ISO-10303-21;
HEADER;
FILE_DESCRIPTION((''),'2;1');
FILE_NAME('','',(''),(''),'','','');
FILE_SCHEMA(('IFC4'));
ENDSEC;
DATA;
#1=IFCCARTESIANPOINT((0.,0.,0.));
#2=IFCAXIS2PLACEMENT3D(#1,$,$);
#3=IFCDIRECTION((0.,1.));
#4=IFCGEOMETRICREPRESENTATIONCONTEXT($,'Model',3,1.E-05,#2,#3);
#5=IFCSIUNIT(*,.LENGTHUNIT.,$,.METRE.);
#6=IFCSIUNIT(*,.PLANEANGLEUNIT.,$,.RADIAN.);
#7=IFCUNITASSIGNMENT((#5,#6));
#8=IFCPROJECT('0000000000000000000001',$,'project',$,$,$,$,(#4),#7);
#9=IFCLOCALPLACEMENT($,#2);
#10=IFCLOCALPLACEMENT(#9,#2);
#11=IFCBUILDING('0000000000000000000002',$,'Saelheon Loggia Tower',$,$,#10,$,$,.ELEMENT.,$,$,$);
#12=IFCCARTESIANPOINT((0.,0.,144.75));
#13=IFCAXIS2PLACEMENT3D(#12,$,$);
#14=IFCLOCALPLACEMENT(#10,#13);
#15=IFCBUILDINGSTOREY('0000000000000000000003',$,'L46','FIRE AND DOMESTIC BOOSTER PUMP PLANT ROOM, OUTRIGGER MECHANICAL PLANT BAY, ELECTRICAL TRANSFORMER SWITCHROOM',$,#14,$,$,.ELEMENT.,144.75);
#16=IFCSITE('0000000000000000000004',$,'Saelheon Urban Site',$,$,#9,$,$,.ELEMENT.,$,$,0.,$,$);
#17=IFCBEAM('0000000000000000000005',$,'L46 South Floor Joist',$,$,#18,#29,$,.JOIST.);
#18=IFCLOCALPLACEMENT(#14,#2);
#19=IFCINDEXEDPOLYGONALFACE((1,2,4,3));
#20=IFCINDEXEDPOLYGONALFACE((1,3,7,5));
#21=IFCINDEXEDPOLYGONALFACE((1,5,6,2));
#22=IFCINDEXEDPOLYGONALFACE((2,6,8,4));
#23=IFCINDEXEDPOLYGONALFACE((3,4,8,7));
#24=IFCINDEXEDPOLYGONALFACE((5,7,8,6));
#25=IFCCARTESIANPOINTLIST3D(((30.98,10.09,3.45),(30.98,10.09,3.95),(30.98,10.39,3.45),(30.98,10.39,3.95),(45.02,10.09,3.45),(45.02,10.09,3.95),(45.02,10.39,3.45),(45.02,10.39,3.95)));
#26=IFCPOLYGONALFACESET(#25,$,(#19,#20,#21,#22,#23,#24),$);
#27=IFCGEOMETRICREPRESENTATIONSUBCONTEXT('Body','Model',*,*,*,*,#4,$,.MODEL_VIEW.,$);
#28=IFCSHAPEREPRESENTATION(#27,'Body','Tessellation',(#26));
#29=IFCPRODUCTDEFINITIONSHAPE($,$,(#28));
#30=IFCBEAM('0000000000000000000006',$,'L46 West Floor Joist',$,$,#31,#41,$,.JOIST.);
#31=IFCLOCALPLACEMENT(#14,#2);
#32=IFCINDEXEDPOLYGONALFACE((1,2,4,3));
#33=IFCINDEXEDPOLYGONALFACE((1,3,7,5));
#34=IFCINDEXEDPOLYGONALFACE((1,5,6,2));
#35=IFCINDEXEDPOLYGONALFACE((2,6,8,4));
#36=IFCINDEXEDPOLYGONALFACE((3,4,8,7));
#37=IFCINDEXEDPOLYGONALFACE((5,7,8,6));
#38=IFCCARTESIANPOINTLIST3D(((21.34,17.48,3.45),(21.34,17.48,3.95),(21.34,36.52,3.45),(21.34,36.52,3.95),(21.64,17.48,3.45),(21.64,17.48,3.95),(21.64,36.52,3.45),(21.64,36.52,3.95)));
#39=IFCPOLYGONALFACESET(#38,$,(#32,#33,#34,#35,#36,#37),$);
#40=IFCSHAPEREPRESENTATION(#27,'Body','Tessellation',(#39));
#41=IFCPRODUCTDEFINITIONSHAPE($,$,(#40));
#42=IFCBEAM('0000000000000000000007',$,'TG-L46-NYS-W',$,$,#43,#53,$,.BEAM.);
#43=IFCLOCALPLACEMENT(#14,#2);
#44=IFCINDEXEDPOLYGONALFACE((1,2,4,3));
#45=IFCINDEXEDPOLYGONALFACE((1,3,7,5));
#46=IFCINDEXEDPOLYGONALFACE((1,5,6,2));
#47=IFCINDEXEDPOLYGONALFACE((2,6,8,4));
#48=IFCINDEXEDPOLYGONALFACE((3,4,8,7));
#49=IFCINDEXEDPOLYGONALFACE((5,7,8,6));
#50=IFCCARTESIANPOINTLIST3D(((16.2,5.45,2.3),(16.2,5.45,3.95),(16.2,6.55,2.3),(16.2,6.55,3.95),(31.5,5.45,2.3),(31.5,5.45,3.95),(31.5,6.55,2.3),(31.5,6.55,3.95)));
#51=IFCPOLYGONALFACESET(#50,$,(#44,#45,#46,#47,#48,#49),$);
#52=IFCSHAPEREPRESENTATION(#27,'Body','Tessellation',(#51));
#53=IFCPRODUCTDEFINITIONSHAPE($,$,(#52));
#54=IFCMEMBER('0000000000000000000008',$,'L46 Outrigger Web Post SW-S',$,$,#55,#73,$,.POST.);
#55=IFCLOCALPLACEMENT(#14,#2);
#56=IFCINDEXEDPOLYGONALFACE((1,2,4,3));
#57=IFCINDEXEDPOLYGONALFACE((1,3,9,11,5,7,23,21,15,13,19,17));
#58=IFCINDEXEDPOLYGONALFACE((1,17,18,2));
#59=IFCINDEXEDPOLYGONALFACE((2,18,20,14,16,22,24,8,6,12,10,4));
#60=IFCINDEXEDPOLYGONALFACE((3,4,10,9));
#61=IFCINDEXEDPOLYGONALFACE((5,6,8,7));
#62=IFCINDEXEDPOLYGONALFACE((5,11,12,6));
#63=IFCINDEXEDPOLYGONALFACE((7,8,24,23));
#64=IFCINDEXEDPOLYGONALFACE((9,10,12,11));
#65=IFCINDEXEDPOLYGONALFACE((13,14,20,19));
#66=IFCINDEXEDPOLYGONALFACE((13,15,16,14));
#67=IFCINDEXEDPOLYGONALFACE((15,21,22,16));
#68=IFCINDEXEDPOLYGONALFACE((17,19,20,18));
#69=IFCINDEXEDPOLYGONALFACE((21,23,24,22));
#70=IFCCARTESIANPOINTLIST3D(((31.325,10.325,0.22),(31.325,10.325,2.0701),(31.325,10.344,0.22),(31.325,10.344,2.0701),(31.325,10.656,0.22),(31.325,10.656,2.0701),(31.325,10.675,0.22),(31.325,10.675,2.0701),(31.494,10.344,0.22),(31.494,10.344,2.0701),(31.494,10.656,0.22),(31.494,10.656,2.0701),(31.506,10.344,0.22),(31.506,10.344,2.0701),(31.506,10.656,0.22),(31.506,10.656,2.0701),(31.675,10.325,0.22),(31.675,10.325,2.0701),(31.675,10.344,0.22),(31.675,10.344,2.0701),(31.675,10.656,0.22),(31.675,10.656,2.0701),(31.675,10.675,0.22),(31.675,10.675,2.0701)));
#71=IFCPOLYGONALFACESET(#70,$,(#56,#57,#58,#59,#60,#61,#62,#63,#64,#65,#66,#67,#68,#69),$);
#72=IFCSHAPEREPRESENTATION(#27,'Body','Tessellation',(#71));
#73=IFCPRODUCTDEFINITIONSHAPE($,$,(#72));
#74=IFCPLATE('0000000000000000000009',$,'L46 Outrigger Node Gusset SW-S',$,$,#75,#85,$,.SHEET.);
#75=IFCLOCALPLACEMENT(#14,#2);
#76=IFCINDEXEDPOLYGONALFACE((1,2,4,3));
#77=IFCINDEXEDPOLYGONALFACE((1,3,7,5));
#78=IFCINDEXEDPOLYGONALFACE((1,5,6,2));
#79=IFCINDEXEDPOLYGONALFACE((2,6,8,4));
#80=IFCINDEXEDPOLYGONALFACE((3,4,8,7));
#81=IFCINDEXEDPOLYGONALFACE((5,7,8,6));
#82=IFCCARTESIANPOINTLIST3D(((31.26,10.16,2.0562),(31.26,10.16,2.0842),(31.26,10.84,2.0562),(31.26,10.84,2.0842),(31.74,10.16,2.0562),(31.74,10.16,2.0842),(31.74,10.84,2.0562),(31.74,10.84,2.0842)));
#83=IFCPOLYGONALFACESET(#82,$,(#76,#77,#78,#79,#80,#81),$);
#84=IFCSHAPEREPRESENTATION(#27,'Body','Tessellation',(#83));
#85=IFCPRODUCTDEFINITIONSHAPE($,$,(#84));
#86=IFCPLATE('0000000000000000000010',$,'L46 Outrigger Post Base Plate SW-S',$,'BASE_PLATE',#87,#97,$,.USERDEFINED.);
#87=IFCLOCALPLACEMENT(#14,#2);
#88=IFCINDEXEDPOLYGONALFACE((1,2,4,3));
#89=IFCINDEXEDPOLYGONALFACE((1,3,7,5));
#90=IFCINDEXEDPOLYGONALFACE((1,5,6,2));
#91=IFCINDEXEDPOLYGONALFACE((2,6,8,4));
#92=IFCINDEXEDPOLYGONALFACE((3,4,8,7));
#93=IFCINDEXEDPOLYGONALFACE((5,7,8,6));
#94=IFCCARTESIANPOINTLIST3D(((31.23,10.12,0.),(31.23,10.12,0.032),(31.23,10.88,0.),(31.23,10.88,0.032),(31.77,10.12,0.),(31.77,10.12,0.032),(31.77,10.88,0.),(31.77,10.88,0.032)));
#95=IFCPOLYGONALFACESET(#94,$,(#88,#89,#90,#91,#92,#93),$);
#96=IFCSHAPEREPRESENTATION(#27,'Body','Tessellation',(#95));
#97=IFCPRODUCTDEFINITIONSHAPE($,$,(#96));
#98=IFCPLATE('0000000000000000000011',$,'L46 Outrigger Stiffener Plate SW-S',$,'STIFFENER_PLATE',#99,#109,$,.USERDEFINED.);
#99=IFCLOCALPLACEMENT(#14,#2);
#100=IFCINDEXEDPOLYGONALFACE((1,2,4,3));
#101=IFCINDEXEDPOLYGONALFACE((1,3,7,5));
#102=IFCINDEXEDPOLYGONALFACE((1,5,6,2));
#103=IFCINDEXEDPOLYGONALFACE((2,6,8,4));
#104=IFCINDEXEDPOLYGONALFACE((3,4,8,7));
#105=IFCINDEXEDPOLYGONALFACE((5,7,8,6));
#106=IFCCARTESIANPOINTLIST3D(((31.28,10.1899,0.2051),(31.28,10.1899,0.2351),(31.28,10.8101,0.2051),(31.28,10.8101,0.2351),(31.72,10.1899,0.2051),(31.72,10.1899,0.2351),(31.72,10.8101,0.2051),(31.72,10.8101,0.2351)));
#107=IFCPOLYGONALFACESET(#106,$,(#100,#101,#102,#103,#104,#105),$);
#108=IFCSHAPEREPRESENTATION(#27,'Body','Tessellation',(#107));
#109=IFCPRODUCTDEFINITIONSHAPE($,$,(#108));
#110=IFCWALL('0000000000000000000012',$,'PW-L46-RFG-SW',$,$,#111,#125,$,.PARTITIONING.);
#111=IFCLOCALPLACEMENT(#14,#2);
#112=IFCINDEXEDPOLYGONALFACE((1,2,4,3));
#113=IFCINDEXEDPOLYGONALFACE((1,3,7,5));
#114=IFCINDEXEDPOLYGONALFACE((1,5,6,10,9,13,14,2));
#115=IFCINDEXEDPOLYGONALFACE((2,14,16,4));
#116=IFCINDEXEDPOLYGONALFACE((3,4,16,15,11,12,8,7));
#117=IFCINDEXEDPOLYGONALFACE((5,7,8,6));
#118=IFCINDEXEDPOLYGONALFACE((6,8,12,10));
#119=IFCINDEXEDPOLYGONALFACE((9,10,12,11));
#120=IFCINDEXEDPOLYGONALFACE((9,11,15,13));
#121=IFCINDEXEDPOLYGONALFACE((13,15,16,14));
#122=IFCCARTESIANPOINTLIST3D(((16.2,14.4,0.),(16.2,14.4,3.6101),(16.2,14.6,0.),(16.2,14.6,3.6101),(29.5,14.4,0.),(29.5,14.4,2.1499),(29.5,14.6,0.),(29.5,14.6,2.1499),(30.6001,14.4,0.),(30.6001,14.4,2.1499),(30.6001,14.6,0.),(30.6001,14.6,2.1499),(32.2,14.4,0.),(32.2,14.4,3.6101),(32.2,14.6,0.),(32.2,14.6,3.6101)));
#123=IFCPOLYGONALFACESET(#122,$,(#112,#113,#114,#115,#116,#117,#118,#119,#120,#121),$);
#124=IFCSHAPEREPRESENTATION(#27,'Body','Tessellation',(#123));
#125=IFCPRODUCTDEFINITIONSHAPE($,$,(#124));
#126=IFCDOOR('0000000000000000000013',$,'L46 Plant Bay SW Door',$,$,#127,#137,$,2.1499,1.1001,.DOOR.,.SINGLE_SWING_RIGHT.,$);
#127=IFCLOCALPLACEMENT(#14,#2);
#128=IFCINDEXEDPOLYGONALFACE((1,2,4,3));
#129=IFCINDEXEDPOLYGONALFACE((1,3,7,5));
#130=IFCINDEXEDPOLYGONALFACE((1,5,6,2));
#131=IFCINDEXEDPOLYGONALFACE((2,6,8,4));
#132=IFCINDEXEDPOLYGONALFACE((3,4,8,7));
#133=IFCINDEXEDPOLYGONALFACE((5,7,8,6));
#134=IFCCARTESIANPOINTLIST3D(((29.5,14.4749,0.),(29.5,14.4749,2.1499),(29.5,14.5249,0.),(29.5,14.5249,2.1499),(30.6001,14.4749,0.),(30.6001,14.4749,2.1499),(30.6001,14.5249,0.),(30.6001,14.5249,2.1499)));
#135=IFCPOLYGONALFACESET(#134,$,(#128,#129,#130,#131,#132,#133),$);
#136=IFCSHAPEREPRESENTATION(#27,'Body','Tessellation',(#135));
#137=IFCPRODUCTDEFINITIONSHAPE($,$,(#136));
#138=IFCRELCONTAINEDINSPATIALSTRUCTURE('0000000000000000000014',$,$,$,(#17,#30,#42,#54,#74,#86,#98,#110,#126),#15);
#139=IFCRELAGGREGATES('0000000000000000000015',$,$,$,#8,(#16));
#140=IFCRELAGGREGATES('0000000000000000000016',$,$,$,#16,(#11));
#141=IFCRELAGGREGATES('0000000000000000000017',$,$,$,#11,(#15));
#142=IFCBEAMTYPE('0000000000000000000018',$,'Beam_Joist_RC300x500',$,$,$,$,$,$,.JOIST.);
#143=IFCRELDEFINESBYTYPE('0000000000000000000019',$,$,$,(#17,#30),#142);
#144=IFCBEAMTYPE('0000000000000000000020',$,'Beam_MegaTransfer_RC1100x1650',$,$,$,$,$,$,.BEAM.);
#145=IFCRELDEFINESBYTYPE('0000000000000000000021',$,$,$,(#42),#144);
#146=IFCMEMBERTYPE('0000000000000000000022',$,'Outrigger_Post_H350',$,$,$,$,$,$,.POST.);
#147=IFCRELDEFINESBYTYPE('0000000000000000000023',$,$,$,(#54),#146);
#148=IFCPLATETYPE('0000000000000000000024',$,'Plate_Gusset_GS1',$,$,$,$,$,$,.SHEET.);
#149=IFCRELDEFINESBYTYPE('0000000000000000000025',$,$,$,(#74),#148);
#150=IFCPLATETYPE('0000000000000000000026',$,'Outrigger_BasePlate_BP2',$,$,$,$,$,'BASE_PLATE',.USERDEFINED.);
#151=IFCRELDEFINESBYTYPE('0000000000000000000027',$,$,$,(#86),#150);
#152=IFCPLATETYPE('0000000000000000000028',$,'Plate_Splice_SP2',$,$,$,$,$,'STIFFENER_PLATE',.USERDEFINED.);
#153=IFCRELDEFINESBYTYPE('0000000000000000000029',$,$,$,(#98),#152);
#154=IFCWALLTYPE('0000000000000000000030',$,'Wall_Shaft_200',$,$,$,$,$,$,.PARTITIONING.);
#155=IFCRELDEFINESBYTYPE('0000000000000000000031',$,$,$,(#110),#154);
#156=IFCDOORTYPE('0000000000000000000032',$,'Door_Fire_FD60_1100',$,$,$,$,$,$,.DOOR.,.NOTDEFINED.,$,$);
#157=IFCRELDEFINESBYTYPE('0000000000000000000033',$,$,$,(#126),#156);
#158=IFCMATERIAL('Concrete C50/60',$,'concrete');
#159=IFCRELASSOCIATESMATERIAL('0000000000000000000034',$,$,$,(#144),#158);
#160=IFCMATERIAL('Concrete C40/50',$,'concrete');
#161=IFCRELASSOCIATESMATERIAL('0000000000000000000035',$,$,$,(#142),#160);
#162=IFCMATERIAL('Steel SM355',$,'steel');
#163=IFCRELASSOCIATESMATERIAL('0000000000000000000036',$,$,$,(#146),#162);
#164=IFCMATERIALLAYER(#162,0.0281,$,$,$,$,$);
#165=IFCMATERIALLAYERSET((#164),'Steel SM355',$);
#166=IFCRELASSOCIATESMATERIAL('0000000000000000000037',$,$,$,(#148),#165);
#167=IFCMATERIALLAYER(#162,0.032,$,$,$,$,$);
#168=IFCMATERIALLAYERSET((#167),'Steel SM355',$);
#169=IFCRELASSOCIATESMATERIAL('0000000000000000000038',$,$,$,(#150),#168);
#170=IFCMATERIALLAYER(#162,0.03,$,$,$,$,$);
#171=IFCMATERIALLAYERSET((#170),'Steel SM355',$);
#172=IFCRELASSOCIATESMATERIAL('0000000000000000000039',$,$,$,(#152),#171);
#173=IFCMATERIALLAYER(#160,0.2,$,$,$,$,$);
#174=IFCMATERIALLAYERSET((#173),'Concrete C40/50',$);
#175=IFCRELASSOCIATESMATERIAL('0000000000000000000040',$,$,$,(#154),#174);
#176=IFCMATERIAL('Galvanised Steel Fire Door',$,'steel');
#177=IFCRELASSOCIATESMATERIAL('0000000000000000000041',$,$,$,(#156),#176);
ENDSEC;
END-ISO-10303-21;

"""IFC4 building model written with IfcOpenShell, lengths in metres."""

from ifc_helpers import new_model, si_unit, direction, frame, frame_2d, origin, origin_2d, place, context, subcontext, project, spatial, rectangle, i_section, extrude, source, transform, mapped, material, layer, layer_set, material_profile, profile_set, type_object, element, fill, save


model = new_model("IFC4")

# Units and contexts
model_context = context("Model", 3, precision=1e-05, world=origin(), true_north=direction((0.0, 1.0)))
body_context = subcontext(model_context, "Body", "Model", "MODEL_VIEW")
ifc_project = project(units=[si_unit("LENGTHUNIT", "METRE"), si_unit("PLANEANGLEUNIT", "RADIAN")], contexts=[model_context])

# Site, building, storey
site_placement = place(None, origin())
site = spatial("IfcSite", under=ifc_project, at=site_placement, Name="Saelheon Urban Site", CompositionType="ELEMENT", RefElevation=0.0)
building_placement = place(site_placement, origin())
building = spatial("IfcBuilding", under=site, at=building_placement, Name="Saelheon Loggia Tower", CompositionType="ELEMENT")
storey_placement = place(building_placement, frame((0.0, 0.0, 144.75)))
storey = spatial("IfcBuildingStorey", under=building, at=storey_placement, Name="L46", Description="FIRE AND DOMESTIC BOOSTER PUMP PLANT ROOM, OUTRIGGER MECHANICAL PLANT BAY, ELECTRICAL TRANSFORMER SWITCHROOM", CompositionType="ELEMENT", Elevation=144.75)

# Shared definitions
ifc_material_1 = material(Name="Steel SM355", Category="steel")

# Shared definitions
ifc_material_2 = material(Name="Concrete C50/60", Category="concrete")
ifc_material_profile_1 = material_profile(ifc_material_2, rectangle(XDim=1.1001, YDim=1.6499, at=origin_2d()), Name="RC-1100x1650")
ifc_profile_set_1 = profile_set([ifc_material_profile_1], Name="Concrete C50/60")
beam_type_1 = type_object("IfcBeamType", Name="Beam_MegaTransfer_RC1100x1650", PredefinedType="BEAM", material=ifc_profile_set_1)

# Beams
ifc_material_3 = material(Name="Concrete C40/50", Category="concrete")
ifc_material_profile_2 = material_profile(ifc_material_3, rectangle(XDim=0.3, YDim=0.5, at=origin_2d()), Name="RC-300x500")
ifc_profile_set_2 = profile_set([ifc_material_profile_2], Name="Concrete C40/50")
beam_type_2 = type_object("IfcBeamType", Name="Beam_Joist_RC300x500", PredefinedType="JOIST", material=ifc_profile_set_2)
shared_shape_1 = source(origin(), body_context, "Body", "SweptSolid", [
    extrude(rectangle(XDim=0.3, YDim=0.5, at=origin_2d()), origin(), (0.0, 0.0, 1.0), 14.04),
])
beam_1_placement = place(storey_placement, frame((30.98, 10.24, 3.7), z_axis=(1.0, 0.0, 0.0), x_axis=(0.0, 1.0, 0.0)))
element("IfcBeam", 1, at=beam_1_placement, inside=storey, type_object=beam_type_2, Name="L46 South Floor Joist", PredefinedType="JOIST", context=body_context, shape_type="MappedRepresentation", body=[
    mapped(shared_shape_1, transform((0.0, 0.0, 0.0), scale=1.0)),
])
shared_shape_2 = source(origin(), body_context, "Body", "SweptSolid", [
    extrude(rectangle(XDim=0.3, YDim=0.5, at=origin_2d()), origin(), (0.0, 0.0, 1.0), 19.04),
])
beam_2_placement = place(storey_placement, frame((21.49, 17.48, 3.7), z_axis=(0.0, 1.0, 0.0), x_axis=(-1.0, 0.0, 0.0)))
element("IfcBeam", 2, at=beam_2_placement, inside=storey, type_object=beam_type_2, Name="L46 West Floor Joist", PredefinedType="JOIST", context=body_context, shape_type="MappedRepresentation", body=[
    mapped(shared_shape_2, transform((0.0, 0.0, 0.0), scale=1.0)),
])
shared_shape_3 = source(origin(), body_context, "Body", "SweptSolid", [
    extrude(rectangle(XDim=1.1001, YDim=1.6499, at=origin_2d()), origin(), (0.0, 0.0, 1.0), 15.3),
])
beam_3_placement = place(storey_placement, frame((16.2, 6.0, 3.125), z_axis=(1.0, 0.0, 0.0), x_axis=(0.0, 1.0, 0.0)))
element("IfcBeam", 3, at=beam_3_placement, inside=storey, type_object=beam_type_1, Name="TG-L46-NYS-W", PredefinedType="BEAM", context=body_context, shape_type="MappedRepresentation", body=[
    mapped(shared_shape_3, transform((0.0, 0.0, 0.0), scale=1.0)),
])

# Member
ifc_material_profile_3 = material_profile(ifc_material_1, i_section(OverallWidth=0.3501, OverallDepth=0.3501, WebThickness=0.012, FlangeThickness=0.019, at=origin_2d()), Name="H-350x350x12x19")
ifc_profile_set_3 = profile_set([ifc_material_profile_3], Name="Steel SM355")
member_type_1 = type_object("IfcMemberType", Name="Outrigger_Post_H350", PredefinedType="POST", material=ifc_profile_set_3)
shared_shape_4 = source(origin(), body_context, "Body", "SweptSolid", [
    extrude(i_section(OverallWidth=0.3501, OverallDepth=0.3501, WebThickness=0.012, FlangeThickness=0.019, at=origin_2d()), origin(), (0.0, 0.0, 1.0), 1.8501),
])
member_1_placement = place(storey_placement, frame((31.5, 10.5, 0.22), z_axis=(0.0, 0.0, 1.0), x_axis=(1.0, 0.0, 0.0)))
element("IfcMember", 4, at=member_1_placement, inside=storey, type_object=member_type_1, Name="L46 Outrigger Web Post SW-S", PredefinedType="POST", context=body_context, shape_type="MappedRepresentation", body=[
    mapped(shared_shape_4, transform((0.0, 0.0, 0.0), scale=1.0)),
])

# Plates
ifc_layer_1 = layer(ifc_material_1, 0.0281)
ifc_layer_set_1 = layer_set([ifc_layer_1], Name="Steel SM355")
plate_type_1 = type_object("IfcPlateType", Name="Plate_Gusset_GS1", PredefinedType="SHEET", material=ifc_layer_set_1)
shared_shape_5 = source(origin(), body_context, "Body", "SweptSolid", [
    extrude(rectangle(XDim=0.6799, YDim=0.48, at=origin_2d()), origin(), (0.0, 0.0, 1.0), 0.0281),
])
plate_1_placement = place(storey_placement, frame((31.5, 10.5, 2.0562), z_axis=(0.0, 0.0, 1.0), x_axis=(0.0, 1.0, 0.0)))
element("IfcPlate", 5, at=plate_1_placement, inside=storey, type_object=plate_type_1, Name="L46 Outrigger Node Gusset SW-S", PredefinedType="SHEET", context=body_context, shape_type="MappedRepresentation", body=[
    mapped(shared_shape_5, transform((0.0, 0.0, 0.0), scale=1.0)),
])
ifc_layer_2 = layer(ifc_material_1, 0.032)
ifc_layer_set_2 = layer_set([ifc_layer_2], Name="Steel SM355")
plate_type_2 = type_object("IfcPlateType", Name="Outrigger_BasePlate_BP2", ElementType="BASE_PLATE", PredefinedType="USERDEFINED", material=ifc_layer_set_2)
shared_shape_6 = source(origin(), body_context, "Body", "SweptSolid", [
    extrude(rectangle(XDim=0.76, YDim=0.54, at=origin_2d()), origin(), (0.0, 0.0, 1.0), 0.032),
])
plate_2_placement = place(storey_placement, frame((31.5, 10.5, 0.0), z_axis=(0.0, 0.0, 1.0), x_axis=(0.0, 1.0, 0.0)))
element("IfcPlate", 6, at=plate_2_placement, inside=storey, type_object=plate_type_2, Name="L46 Outrigger Post Base Plate SW-S", ObjectType="BASE_PLATE", PredefinedType="USERDEFINED", context=body_context, shape_type="MappedRepresentation", body=[
    mapped(shared_shape_6, transform((0.0, 0.0, 0.0), scale=1.0)),
])
ifc_layer_3 = layer(ifc_material_1, 0.03)
ifc_layer_set_3 = layer_set([ifc_layer_3], Name="Steel SM355")
plate_type_3 = type_object("IfcPlateType", Name="Plate_Splice_SP2", ElementType="STIFFENER_PLATE", PredefinedType="USERDEFINED", material=ifc_layer_set_3)
shared_shape_7 = source(origin(), body_context, "Body", "SweptSolid", [
    extrude(rectangle(XDim=0.6201, YDim=0.4399, at=origin_2d()), origin(), (0.0, 0.0, 1.0), 0.03),
])
plate_3_placement = place(storey_placement, frame((31.5, 10.5, 0.2051), z_axis=(0.0, 0.0, 1.0), x_axis=(0.0, 1.0, 0.0)))
element("IfcPlate", 7, at=plate_3_placement, inside=storey, type_object=plate_type_3, Name="L46 Outrigger Stiffener Plate SW-S", ObjectType="STIFFENER_PLATE", PredefinedType="USERDEFINED", context=body_context, shape_type="MappedRepresentation", body=[
    mapped(shared_shape_7, transform((0.0, 0.0, 0.0), scale=1.0)),
])

# Wall, opening, door
ifc_layer_4 = layer(ifc_material_3, 0.2)
ifc_layer_set_4 = layer_set([ifc_layer_4], Name="Concrete C40/50")
wall_type = type_object("IfcWallType", Name="Wall_Shaft_200", PredefinedType="PARTITIONING", material=ifc_layer_set_4)
wall_1_placement = place(storey_placement, frame((16.2, 14.5, 0.0), z_axis=(0.0, 0.0, 1.0), x_axis=(1.0, 0.0, 0.0)))
wall_1 = element("IfcWall", 8, at=wall_1_placement, inside=storey, type_object=wall_type, Name="PW-L46-RFG-SW", PredefinedType="PARTITIONING", context=body_context, shape_type="SweptSolid", body=[
    extrude(rectangle(XDim=16.0, YDim=0.2, at=frame_2d((8.0, 0.0))), origin(), (0.0, 0.0, 1.0), 3.6101),
])
opening_1_placement = place(wall_1_placement, frame((13.3, 0.0, 0.0)))
opening_1 = element("IfcOpeningElement", 9, at=opening_1_placement, cuts=wall_1, PredefinedType="OPENING", context=body_context, shape_type="SweptSolid", body=[
    extrude(rectangle(XDim=1.1001, YDim=2.1499, at=frame_2d((0.55, 1.075))), frame((0.0, 0.1121, 0.0), z_axis=(0.0, -1.0, 0.0), x_axis=(1.0, 0.0, 0.0)), (0.0, 0.0, 1.0), 0.2239),
])
ifc_material_4 = material(Name="Galvanised Steel Fire Door", Category="steel")
door_type = type_object("IfcDoorType", Name="Door_Fire_FD60_1100", OperationType="NOTDEFINED", PredefinedType="DOOR", material=ifc_material_4)
shared_shape_8 = source(origin(), body_context, "Body", "SweptSolid", [
    extrude(rectangle(XDim=1.1001, YDim=2.1499, at=frame_2d((0.55, 1.075))), frame((0.0, 0.0249, 0.0), z_axis=(0.0, -1.0, 0.0), x_axis=(1.0, 0.0, 0.0)), (0.0, 0.0, 1.0), 0.05),
])
door_1_placement = place(opening_1_placement, origin())
door_1 = element("IfcDoor", 10, at=door_1_placement, inside=storey, type_object=door_type, Name="L46 Plant Bay SW Door", OperationType="SINGLE_SWING_RIGHT", OverallHeight=2.1499, OverallWidth=1.1001, PredefinedType="DOOR", context=body_context, shape_type="MappedRepresentation", body=[
    mapped(shared_shape_8, transform((0.0, 0.0, 0.0), scale=1.0)),
])
fill(opening_1, door_1)

save(model, "model.ifc")
